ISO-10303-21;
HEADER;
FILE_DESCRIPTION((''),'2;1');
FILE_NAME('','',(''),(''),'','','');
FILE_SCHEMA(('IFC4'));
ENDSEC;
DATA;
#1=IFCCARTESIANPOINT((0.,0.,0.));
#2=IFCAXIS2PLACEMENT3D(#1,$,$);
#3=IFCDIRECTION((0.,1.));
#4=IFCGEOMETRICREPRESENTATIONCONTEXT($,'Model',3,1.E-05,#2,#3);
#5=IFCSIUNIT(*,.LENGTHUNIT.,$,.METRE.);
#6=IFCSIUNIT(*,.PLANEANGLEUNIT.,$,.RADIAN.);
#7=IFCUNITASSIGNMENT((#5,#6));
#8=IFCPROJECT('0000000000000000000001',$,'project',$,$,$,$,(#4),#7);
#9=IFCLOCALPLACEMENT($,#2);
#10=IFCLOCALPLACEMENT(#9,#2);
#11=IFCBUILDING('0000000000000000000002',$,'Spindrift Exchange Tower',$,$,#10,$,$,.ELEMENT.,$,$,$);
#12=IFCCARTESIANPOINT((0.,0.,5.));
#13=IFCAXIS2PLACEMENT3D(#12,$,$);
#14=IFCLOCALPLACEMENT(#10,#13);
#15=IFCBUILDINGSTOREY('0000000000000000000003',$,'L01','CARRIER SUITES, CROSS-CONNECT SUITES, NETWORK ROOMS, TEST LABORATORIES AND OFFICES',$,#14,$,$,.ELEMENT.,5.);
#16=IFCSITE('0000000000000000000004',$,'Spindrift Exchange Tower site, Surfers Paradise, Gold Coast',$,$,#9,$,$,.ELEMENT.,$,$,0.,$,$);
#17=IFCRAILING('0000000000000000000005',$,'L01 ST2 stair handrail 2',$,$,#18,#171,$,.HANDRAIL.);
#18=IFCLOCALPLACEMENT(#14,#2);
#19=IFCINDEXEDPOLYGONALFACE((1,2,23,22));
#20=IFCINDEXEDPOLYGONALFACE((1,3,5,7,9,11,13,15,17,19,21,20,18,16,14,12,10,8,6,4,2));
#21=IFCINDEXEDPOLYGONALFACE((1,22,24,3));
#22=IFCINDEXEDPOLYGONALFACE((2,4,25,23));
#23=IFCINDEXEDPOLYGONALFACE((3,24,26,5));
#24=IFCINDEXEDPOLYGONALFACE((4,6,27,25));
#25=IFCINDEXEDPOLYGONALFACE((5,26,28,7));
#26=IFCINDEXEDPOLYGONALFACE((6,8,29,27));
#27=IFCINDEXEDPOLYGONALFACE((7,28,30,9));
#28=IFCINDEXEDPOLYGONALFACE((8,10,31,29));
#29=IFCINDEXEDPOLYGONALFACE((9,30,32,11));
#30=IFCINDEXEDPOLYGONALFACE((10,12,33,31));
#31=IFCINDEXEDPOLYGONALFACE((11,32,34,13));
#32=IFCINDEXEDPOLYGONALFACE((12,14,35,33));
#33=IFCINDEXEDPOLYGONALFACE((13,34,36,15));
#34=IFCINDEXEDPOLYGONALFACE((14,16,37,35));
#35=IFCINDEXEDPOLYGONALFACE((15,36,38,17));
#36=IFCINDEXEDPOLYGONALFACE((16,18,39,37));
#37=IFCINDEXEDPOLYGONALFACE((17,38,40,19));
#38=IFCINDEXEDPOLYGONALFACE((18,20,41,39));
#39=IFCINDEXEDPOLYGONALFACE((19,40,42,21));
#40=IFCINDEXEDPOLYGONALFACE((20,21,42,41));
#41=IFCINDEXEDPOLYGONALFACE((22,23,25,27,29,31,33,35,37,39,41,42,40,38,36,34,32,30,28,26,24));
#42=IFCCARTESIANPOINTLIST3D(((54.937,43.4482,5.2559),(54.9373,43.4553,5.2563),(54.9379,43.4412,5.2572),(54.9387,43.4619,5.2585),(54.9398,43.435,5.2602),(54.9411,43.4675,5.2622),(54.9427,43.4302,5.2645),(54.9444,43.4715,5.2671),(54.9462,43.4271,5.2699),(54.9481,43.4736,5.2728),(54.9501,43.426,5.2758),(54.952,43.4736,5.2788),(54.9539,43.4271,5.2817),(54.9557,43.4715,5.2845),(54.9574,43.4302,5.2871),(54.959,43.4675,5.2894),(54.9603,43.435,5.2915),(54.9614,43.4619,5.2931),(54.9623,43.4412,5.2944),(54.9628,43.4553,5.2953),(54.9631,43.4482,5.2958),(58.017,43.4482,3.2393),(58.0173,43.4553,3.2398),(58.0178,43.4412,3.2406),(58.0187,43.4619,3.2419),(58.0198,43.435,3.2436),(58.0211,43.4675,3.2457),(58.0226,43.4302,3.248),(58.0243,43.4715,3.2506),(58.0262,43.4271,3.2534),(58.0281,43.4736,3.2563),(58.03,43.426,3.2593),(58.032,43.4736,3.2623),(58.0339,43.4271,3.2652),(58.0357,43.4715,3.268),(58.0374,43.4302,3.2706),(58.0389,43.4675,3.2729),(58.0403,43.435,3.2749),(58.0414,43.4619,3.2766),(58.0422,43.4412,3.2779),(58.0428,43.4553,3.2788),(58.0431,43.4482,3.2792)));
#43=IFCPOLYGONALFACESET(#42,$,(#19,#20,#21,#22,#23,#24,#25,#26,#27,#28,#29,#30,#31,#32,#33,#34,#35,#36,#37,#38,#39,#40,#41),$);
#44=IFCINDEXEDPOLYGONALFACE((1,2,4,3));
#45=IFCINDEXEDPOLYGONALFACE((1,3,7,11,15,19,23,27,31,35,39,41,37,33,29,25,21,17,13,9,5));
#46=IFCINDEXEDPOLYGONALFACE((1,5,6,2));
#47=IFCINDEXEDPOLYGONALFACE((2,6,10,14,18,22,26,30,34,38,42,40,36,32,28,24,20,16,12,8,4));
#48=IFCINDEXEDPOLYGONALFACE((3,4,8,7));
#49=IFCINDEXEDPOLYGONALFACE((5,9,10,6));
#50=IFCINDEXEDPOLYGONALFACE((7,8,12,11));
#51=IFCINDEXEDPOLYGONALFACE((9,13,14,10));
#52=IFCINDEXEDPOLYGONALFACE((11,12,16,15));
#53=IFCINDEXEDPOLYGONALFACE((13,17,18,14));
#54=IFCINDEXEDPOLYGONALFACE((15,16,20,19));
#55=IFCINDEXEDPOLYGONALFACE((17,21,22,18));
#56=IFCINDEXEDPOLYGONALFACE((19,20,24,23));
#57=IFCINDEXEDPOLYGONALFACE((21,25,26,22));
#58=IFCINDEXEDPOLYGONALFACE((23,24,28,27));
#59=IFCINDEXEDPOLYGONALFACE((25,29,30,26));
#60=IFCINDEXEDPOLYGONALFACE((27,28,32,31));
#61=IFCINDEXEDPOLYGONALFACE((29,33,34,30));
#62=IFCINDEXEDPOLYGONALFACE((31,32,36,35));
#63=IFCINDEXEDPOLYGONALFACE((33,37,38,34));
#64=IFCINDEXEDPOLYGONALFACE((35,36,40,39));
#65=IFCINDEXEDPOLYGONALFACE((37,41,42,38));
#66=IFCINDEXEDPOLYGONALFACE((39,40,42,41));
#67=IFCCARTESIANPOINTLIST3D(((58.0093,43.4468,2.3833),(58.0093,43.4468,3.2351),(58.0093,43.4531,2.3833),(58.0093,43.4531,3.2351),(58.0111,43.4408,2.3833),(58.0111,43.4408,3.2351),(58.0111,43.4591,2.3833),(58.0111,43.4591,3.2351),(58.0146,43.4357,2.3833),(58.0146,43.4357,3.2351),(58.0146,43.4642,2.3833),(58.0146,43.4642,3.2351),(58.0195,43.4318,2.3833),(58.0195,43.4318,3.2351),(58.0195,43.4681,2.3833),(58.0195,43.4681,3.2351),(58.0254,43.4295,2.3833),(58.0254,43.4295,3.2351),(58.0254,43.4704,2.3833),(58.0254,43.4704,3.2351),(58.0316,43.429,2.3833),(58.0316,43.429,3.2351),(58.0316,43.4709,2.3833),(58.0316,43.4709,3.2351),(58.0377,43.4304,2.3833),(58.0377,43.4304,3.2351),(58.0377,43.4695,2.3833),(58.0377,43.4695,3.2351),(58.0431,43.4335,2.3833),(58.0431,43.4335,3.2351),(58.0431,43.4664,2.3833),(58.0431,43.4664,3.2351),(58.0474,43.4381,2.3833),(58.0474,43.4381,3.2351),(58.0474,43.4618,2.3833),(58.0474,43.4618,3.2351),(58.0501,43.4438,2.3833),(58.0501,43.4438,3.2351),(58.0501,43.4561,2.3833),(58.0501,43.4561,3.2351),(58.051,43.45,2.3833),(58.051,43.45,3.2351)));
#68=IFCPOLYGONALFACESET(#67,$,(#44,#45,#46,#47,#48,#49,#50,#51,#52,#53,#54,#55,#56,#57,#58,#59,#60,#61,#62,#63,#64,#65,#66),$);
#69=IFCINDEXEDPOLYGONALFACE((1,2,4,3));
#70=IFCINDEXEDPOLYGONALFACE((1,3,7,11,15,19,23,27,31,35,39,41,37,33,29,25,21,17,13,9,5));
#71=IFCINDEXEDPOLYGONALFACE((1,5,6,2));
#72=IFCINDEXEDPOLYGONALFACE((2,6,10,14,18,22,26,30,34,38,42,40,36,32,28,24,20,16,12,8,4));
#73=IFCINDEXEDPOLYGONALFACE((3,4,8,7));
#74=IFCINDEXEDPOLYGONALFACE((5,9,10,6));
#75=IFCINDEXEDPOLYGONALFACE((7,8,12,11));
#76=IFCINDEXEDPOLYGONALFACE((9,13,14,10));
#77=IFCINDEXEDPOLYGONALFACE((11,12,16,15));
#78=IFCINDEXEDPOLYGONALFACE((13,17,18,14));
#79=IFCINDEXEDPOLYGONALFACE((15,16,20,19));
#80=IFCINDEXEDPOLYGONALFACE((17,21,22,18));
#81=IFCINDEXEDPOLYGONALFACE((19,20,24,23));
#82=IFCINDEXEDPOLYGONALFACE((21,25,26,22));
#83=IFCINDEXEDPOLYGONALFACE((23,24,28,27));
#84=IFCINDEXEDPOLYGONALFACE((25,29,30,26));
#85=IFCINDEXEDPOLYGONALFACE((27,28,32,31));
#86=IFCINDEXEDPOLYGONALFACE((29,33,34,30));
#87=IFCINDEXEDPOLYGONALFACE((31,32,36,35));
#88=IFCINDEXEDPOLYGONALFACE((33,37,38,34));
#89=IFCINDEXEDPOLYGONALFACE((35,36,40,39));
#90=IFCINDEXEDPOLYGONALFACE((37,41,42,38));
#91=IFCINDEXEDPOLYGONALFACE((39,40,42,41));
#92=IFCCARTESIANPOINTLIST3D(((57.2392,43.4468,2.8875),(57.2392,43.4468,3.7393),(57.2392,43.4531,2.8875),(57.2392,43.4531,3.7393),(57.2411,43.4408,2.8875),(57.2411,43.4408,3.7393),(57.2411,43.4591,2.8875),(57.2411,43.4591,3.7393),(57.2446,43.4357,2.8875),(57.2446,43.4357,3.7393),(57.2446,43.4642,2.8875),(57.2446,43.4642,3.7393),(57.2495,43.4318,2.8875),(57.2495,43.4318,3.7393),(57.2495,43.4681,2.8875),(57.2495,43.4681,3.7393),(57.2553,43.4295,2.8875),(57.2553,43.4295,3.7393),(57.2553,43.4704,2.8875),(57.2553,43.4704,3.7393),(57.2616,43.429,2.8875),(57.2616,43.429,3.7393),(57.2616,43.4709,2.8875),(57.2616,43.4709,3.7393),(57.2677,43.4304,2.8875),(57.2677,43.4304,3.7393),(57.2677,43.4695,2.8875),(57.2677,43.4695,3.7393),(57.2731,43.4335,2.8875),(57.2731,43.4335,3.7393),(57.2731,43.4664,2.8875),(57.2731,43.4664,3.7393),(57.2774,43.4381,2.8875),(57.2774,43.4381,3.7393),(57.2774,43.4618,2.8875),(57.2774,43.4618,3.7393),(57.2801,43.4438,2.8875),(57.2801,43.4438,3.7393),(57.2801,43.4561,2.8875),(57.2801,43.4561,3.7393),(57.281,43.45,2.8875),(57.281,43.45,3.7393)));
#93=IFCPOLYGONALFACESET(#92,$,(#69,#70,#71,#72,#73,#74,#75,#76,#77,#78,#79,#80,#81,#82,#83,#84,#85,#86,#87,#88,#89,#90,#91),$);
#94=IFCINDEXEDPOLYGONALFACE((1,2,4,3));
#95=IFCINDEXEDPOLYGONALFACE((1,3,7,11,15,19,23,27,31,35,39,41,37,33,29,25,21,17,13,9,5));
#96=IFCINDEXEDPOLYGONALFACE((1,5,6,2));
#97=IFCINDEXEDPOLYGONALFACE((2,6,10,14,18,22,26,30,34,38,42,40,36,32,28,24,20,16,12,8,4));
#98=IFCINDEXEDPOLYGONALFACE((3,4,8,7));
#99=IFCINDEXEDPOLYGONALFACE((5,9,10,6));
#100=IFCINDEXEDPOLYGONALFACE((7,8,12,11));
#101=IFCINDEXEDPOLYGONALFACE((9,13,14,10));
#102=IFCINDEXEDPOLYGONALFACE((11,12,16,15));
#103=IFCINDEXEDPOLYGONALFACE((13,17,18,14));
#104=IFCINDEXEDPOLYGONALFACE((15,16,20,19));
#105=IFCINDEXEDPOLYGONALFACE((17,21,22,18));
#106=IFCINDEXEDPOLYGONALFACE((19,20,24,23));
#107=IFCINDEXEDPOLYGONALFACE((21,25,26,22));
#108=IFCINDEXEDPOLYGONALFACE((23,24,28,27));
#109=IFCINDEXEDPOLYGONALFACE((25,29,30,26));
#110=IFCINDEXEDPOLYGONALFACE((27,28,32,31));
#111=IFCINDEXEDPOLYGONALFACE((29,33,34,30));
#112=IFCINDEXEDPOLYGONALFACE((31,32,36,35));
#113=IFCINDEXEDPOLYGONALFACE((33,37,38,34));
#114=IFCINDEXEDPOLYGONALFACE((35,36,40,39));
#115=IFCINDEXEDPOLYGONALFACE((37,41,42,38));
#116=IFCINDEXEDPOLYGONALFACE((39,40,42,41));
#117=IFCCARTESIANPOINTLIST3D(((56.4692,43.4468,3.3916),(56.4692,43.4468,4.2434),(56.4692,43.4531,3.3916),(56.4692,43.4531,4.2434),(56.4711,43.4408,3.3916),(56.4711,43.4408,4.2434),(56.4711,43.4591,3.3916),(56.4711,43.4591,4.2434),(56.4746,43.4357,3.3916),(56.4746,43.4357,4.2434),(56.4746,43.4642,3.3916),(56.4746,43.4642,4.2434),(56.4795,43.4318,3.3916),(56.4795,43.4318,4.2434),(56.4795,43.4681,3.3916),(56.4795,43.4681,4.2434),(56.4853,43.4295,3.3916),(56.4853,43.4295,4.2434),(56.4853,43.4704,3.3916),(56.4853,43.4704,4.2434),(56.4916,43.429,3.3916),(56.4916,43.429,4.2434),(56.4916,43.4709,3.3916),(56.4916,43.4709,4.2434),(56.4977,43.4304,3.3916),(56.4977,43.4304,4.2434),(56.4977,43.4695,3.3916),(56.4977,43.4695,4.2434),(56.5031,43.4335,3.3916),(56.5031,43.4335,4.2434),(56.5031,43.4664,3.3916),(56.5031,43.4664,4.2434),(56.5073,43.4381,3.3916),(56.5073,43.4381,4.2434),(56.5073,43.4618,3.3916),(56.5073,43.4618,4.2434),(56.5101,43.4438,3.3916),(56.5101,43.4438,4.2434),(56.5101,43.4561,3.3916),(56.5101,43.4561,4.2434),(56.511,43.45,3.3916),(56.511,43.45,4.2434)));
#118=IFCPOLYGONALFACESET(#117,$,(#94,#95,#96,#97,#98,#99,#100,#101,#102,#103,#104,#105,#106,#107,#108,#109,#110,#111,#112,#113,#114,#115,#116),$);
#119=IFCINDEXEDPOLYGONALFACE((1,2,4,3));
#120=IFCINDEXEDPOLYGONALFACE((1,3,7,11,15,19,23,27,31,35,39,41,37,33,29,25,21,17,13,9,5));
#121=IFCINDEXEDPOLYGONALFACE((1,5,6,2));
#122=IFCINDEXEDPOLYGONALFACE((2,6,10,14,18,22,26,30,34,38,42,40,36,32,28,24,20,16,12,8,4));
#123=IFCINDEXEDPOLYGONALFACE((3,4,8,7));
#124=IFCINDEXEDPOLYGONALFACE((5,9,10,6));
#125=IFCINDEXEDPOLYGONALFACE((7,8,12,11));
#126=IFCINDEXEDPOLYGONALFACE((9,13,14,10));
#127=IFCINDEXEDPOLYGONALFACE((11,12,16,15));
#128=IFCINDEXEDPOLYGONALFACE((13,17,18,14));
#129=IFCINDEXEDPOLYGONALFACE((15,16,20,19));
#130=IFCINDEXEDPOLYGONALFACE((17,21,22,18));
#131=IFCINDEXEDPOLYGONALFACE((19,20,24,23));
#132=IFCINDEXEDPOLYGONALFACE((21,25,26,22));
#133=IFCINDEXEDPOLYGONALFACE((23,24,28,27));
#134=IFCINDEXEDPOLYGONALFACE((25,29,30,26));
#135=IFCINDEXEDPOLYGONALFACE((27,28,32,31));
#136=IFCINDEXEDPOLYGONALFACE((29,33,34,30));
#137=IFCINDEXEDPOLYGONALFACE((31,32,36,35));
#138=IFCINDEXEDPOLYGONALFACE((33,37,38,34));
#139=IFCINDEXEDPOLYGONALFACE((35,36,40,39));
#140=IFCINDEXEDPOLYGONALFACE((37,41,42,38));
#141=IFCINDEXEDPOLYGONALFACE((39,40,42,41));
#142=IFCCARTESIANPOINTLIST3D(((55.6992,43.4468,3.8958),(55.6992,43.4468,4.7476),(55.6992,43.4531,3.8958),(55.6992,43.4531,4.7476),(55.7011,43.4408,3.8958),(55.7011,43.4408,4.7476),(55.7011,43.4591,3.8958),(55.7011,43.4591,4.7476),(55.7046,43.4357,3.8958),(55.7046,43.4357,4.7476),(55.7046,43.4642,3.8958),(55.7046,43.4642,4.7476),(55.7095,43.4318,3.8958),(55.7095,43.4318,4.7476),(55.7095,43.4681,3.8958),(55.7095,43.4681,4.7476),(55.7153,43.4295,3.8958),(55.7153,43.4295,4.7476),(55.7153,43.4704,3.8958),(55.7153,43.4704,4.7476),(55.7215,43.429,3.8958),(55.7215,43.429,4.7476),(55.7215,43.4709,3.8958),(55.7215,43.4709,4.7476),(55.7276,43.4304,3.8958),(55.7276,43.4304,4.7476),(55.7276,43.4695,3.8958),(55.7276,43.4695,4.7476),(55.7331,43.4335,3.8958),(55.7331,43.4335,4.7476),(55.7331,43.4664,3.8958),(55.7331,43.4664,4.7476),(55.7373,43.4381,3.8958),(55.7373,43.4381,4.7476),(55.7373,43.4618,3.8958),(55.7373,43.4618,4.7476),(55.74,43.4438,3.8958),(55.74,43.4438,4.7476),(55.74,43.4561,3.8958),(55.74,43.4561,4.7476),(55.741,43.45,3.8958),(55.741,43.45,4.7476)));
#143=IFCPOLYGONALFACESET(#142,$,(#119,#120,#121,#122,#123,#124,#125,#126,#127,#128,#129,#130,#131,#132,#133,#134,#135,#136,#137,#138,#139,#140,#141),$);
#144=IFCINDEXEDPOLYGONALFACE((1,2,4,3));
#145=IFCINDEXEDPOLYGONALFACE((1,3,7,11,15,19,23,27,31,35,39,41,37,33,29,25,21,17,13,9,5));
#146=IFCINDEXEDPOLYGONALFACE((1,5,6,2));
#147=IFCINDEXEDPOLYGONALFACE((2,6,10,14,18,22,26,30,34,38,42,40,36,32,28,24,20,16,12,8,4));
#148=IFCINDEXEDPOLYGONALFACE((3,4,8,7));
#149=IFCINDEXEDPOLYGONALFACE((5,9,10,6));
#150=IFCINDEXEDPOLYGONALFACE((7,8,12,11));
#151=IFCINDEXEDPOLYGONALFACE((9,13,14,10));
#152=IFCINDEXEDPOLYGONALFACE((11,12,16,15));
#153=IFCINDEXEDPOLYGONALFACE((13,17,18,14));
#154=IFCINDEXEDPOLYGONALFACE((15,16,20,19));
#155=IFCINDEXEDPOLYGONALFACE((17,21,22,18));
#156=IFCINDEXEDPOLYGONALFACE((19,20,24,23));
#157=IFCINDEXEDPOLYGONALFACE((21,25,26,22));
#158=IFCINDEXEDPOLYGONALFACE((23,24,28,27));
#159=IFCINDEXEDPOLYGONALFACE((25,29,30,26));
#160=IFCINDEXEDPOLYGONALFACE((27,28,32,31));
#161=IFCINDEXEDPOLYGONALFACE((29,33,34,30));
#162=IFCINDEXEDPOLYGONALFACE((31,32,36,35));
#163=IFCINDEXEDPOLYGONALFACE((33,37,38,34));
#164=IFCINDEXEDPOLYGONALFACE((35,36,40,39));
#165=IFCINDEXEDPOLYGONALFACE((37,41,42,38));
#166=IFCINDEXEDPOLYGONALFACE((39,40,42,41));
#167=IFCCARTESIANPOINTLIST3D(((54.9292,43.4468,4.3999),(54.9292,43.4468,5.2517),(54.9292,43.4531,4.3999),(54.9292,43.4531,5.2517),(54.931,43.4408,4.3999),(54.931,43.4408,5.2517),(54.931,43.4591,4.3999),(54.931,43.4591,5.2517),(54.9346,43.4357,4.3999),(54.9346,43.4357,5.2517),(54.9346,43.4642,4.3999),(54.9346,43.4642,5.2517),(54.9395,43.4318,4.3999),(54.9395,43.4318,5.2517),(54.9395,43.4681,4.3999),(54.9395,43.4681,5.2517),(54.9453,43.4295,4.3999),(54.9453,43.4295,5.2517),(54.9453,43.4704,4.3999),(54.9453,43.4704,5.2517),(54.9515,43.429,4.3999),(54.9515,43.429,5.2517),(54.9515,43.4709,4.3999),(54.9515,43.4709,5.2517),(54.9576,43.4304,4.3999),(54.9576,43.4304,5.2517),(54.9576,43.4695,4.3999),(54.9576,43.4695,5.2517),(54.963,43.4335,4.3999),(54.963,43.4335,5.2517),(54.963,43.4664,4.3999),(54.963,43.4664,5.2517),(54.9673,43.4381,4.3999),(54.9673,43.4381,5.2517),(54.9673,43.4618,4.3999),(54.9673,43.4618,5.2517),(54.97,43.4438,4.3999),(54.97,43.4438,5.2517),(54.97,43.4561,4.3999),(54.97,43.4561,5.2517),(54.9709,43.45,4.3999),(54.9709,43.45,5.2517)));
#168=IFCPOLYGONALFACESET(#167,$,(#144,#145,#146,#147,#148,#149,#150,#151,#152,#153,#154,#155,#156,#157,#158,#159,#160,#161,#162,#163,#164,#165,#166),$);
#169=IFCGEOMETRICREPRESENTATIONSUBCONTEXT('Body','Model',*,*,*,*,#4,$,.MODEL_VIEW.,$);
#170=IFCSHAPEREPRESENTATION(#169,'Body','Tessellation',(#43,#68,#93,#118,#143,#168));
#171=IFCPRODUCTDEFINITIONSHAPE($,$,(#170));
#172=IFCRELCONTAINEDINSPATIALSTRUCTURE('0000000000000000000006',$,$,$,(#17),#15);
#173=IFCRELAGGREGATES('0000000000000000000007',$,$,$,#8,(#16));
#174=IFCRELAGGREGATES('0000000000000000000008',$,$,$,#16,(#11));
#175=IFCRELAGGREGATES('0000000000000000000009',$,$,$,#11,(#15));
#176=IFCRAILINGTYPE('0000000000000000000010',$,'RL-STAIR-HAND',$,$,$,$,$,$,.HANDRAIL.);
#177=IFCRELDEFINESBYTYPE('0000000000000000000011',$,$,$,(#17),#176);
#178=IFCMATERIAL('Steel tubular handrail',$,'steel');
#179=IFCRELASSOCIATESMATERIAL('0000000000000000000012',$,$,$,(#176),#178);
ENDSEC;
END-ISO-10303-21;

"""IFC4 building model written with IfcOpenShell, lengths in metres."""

from ifc_helpers import new_model, si_unit, direction, frame, origin, origin_2d, place, context, subcontext, project, spatial, circle, extrude, material, type_object, element, save


model = new_model("IFC4")

# Units and contexts
model_context = context("Model", 3, precision=1e-05, world=origin(), true_north=direction((0.0, 1.0)))
body_context = subcontext(model_context, "Body", "Model", "MODEL_VIEW")
ifc_project = project(units=[si_unit("LENGTHUNIT", "METRE"), si_unit("PLANEANGLEUNIT", "RADIAN")], contexts=[model_context])

# Site, building, storey
site_placement = place(None, origin())
site = spatial("IfcSite", under=ifc_project, at=site_placement, Name="Spindrift Exchange Tower site, Surfers Paradise, Gold Coast", CompositionType="ELEMENT", RefElevation=0.0)
building_placement = place(site_placement, origin())
building = spatial("IfcBuilding", under=site, at=building_placement, Name="Spindrift Exchange Tower", CompositionType="ELEMENT")
storey_placement = place(building_placement, frame((0.0, 0.0, 5.0)))
storey = spatial("IfcBuildingStorey", under=building, at=storey_placement, Name="L01", Description="CARRIER SUITES, CROSS-CONNECT SUITES, NETWORK ROOMS, TEST LABORATORIES AND OFFICES", CompositionType="ELEMENT", Elevation=5.0)

# Railing
ifc_material_1 = material(Name="Steel tubular handrail", Category="steel")
railing_type_1 = type_object("IfcRailingType", Name="RL-STAIR-HAND", PredefinedType="HANDRAIL", material=ifc_material_1)
railing_1_placement = place(storey_placement, frame((58.03, 43.45, 2.3833)))
element("IfcRailing", 1, at=railing_1_placement, inside=storey, type_object=railing_type_1, Name="L01 ST2 stair handrail 2", PredefinedType="HANDRAIL", context=body_context, shape_type="SweptSolid", body=[
    extrude(circle(Radius=0.0239, at=origin_2d()), frame((0.0, 0.0, 0.876), z_axis=(-0.836633, 0.0, 0.547764), x_axis=(0.0, -1.0, 0.0)), (0.0, 0.0, 1.0), 3.6814),
    extrude(circle(Radius=0.021, at=origin_2d()), origin(), (0.0, 0.0, 1.0), 0.8518),
    extrude(circle(Radius=0.021, at=origin_2d()), frame((-0.77, 0.0, 0.5042)), (0.0, 0.0, 1.0), 0.8518),
    extrude(circle(Radius=0.021, at=origin_2d()), frame((-1.54, 0.0, 1.0083)), (0.0, 0.0, 1.0), 0.8518),
    extrude(circle(Radius=0.021, at=origin_2d()), frame((-2.3101, 0.0, 1.5125)), (0.0, 0.0, 1.0), 0.8518),
    extrude(circle(Radius=0.021, at=origin_2d()), frame((-3.0801, 0.0, 2.0166)), (0.0, 0.0, 1.0), 0.8518),
])

save(model, "model.ifc")
